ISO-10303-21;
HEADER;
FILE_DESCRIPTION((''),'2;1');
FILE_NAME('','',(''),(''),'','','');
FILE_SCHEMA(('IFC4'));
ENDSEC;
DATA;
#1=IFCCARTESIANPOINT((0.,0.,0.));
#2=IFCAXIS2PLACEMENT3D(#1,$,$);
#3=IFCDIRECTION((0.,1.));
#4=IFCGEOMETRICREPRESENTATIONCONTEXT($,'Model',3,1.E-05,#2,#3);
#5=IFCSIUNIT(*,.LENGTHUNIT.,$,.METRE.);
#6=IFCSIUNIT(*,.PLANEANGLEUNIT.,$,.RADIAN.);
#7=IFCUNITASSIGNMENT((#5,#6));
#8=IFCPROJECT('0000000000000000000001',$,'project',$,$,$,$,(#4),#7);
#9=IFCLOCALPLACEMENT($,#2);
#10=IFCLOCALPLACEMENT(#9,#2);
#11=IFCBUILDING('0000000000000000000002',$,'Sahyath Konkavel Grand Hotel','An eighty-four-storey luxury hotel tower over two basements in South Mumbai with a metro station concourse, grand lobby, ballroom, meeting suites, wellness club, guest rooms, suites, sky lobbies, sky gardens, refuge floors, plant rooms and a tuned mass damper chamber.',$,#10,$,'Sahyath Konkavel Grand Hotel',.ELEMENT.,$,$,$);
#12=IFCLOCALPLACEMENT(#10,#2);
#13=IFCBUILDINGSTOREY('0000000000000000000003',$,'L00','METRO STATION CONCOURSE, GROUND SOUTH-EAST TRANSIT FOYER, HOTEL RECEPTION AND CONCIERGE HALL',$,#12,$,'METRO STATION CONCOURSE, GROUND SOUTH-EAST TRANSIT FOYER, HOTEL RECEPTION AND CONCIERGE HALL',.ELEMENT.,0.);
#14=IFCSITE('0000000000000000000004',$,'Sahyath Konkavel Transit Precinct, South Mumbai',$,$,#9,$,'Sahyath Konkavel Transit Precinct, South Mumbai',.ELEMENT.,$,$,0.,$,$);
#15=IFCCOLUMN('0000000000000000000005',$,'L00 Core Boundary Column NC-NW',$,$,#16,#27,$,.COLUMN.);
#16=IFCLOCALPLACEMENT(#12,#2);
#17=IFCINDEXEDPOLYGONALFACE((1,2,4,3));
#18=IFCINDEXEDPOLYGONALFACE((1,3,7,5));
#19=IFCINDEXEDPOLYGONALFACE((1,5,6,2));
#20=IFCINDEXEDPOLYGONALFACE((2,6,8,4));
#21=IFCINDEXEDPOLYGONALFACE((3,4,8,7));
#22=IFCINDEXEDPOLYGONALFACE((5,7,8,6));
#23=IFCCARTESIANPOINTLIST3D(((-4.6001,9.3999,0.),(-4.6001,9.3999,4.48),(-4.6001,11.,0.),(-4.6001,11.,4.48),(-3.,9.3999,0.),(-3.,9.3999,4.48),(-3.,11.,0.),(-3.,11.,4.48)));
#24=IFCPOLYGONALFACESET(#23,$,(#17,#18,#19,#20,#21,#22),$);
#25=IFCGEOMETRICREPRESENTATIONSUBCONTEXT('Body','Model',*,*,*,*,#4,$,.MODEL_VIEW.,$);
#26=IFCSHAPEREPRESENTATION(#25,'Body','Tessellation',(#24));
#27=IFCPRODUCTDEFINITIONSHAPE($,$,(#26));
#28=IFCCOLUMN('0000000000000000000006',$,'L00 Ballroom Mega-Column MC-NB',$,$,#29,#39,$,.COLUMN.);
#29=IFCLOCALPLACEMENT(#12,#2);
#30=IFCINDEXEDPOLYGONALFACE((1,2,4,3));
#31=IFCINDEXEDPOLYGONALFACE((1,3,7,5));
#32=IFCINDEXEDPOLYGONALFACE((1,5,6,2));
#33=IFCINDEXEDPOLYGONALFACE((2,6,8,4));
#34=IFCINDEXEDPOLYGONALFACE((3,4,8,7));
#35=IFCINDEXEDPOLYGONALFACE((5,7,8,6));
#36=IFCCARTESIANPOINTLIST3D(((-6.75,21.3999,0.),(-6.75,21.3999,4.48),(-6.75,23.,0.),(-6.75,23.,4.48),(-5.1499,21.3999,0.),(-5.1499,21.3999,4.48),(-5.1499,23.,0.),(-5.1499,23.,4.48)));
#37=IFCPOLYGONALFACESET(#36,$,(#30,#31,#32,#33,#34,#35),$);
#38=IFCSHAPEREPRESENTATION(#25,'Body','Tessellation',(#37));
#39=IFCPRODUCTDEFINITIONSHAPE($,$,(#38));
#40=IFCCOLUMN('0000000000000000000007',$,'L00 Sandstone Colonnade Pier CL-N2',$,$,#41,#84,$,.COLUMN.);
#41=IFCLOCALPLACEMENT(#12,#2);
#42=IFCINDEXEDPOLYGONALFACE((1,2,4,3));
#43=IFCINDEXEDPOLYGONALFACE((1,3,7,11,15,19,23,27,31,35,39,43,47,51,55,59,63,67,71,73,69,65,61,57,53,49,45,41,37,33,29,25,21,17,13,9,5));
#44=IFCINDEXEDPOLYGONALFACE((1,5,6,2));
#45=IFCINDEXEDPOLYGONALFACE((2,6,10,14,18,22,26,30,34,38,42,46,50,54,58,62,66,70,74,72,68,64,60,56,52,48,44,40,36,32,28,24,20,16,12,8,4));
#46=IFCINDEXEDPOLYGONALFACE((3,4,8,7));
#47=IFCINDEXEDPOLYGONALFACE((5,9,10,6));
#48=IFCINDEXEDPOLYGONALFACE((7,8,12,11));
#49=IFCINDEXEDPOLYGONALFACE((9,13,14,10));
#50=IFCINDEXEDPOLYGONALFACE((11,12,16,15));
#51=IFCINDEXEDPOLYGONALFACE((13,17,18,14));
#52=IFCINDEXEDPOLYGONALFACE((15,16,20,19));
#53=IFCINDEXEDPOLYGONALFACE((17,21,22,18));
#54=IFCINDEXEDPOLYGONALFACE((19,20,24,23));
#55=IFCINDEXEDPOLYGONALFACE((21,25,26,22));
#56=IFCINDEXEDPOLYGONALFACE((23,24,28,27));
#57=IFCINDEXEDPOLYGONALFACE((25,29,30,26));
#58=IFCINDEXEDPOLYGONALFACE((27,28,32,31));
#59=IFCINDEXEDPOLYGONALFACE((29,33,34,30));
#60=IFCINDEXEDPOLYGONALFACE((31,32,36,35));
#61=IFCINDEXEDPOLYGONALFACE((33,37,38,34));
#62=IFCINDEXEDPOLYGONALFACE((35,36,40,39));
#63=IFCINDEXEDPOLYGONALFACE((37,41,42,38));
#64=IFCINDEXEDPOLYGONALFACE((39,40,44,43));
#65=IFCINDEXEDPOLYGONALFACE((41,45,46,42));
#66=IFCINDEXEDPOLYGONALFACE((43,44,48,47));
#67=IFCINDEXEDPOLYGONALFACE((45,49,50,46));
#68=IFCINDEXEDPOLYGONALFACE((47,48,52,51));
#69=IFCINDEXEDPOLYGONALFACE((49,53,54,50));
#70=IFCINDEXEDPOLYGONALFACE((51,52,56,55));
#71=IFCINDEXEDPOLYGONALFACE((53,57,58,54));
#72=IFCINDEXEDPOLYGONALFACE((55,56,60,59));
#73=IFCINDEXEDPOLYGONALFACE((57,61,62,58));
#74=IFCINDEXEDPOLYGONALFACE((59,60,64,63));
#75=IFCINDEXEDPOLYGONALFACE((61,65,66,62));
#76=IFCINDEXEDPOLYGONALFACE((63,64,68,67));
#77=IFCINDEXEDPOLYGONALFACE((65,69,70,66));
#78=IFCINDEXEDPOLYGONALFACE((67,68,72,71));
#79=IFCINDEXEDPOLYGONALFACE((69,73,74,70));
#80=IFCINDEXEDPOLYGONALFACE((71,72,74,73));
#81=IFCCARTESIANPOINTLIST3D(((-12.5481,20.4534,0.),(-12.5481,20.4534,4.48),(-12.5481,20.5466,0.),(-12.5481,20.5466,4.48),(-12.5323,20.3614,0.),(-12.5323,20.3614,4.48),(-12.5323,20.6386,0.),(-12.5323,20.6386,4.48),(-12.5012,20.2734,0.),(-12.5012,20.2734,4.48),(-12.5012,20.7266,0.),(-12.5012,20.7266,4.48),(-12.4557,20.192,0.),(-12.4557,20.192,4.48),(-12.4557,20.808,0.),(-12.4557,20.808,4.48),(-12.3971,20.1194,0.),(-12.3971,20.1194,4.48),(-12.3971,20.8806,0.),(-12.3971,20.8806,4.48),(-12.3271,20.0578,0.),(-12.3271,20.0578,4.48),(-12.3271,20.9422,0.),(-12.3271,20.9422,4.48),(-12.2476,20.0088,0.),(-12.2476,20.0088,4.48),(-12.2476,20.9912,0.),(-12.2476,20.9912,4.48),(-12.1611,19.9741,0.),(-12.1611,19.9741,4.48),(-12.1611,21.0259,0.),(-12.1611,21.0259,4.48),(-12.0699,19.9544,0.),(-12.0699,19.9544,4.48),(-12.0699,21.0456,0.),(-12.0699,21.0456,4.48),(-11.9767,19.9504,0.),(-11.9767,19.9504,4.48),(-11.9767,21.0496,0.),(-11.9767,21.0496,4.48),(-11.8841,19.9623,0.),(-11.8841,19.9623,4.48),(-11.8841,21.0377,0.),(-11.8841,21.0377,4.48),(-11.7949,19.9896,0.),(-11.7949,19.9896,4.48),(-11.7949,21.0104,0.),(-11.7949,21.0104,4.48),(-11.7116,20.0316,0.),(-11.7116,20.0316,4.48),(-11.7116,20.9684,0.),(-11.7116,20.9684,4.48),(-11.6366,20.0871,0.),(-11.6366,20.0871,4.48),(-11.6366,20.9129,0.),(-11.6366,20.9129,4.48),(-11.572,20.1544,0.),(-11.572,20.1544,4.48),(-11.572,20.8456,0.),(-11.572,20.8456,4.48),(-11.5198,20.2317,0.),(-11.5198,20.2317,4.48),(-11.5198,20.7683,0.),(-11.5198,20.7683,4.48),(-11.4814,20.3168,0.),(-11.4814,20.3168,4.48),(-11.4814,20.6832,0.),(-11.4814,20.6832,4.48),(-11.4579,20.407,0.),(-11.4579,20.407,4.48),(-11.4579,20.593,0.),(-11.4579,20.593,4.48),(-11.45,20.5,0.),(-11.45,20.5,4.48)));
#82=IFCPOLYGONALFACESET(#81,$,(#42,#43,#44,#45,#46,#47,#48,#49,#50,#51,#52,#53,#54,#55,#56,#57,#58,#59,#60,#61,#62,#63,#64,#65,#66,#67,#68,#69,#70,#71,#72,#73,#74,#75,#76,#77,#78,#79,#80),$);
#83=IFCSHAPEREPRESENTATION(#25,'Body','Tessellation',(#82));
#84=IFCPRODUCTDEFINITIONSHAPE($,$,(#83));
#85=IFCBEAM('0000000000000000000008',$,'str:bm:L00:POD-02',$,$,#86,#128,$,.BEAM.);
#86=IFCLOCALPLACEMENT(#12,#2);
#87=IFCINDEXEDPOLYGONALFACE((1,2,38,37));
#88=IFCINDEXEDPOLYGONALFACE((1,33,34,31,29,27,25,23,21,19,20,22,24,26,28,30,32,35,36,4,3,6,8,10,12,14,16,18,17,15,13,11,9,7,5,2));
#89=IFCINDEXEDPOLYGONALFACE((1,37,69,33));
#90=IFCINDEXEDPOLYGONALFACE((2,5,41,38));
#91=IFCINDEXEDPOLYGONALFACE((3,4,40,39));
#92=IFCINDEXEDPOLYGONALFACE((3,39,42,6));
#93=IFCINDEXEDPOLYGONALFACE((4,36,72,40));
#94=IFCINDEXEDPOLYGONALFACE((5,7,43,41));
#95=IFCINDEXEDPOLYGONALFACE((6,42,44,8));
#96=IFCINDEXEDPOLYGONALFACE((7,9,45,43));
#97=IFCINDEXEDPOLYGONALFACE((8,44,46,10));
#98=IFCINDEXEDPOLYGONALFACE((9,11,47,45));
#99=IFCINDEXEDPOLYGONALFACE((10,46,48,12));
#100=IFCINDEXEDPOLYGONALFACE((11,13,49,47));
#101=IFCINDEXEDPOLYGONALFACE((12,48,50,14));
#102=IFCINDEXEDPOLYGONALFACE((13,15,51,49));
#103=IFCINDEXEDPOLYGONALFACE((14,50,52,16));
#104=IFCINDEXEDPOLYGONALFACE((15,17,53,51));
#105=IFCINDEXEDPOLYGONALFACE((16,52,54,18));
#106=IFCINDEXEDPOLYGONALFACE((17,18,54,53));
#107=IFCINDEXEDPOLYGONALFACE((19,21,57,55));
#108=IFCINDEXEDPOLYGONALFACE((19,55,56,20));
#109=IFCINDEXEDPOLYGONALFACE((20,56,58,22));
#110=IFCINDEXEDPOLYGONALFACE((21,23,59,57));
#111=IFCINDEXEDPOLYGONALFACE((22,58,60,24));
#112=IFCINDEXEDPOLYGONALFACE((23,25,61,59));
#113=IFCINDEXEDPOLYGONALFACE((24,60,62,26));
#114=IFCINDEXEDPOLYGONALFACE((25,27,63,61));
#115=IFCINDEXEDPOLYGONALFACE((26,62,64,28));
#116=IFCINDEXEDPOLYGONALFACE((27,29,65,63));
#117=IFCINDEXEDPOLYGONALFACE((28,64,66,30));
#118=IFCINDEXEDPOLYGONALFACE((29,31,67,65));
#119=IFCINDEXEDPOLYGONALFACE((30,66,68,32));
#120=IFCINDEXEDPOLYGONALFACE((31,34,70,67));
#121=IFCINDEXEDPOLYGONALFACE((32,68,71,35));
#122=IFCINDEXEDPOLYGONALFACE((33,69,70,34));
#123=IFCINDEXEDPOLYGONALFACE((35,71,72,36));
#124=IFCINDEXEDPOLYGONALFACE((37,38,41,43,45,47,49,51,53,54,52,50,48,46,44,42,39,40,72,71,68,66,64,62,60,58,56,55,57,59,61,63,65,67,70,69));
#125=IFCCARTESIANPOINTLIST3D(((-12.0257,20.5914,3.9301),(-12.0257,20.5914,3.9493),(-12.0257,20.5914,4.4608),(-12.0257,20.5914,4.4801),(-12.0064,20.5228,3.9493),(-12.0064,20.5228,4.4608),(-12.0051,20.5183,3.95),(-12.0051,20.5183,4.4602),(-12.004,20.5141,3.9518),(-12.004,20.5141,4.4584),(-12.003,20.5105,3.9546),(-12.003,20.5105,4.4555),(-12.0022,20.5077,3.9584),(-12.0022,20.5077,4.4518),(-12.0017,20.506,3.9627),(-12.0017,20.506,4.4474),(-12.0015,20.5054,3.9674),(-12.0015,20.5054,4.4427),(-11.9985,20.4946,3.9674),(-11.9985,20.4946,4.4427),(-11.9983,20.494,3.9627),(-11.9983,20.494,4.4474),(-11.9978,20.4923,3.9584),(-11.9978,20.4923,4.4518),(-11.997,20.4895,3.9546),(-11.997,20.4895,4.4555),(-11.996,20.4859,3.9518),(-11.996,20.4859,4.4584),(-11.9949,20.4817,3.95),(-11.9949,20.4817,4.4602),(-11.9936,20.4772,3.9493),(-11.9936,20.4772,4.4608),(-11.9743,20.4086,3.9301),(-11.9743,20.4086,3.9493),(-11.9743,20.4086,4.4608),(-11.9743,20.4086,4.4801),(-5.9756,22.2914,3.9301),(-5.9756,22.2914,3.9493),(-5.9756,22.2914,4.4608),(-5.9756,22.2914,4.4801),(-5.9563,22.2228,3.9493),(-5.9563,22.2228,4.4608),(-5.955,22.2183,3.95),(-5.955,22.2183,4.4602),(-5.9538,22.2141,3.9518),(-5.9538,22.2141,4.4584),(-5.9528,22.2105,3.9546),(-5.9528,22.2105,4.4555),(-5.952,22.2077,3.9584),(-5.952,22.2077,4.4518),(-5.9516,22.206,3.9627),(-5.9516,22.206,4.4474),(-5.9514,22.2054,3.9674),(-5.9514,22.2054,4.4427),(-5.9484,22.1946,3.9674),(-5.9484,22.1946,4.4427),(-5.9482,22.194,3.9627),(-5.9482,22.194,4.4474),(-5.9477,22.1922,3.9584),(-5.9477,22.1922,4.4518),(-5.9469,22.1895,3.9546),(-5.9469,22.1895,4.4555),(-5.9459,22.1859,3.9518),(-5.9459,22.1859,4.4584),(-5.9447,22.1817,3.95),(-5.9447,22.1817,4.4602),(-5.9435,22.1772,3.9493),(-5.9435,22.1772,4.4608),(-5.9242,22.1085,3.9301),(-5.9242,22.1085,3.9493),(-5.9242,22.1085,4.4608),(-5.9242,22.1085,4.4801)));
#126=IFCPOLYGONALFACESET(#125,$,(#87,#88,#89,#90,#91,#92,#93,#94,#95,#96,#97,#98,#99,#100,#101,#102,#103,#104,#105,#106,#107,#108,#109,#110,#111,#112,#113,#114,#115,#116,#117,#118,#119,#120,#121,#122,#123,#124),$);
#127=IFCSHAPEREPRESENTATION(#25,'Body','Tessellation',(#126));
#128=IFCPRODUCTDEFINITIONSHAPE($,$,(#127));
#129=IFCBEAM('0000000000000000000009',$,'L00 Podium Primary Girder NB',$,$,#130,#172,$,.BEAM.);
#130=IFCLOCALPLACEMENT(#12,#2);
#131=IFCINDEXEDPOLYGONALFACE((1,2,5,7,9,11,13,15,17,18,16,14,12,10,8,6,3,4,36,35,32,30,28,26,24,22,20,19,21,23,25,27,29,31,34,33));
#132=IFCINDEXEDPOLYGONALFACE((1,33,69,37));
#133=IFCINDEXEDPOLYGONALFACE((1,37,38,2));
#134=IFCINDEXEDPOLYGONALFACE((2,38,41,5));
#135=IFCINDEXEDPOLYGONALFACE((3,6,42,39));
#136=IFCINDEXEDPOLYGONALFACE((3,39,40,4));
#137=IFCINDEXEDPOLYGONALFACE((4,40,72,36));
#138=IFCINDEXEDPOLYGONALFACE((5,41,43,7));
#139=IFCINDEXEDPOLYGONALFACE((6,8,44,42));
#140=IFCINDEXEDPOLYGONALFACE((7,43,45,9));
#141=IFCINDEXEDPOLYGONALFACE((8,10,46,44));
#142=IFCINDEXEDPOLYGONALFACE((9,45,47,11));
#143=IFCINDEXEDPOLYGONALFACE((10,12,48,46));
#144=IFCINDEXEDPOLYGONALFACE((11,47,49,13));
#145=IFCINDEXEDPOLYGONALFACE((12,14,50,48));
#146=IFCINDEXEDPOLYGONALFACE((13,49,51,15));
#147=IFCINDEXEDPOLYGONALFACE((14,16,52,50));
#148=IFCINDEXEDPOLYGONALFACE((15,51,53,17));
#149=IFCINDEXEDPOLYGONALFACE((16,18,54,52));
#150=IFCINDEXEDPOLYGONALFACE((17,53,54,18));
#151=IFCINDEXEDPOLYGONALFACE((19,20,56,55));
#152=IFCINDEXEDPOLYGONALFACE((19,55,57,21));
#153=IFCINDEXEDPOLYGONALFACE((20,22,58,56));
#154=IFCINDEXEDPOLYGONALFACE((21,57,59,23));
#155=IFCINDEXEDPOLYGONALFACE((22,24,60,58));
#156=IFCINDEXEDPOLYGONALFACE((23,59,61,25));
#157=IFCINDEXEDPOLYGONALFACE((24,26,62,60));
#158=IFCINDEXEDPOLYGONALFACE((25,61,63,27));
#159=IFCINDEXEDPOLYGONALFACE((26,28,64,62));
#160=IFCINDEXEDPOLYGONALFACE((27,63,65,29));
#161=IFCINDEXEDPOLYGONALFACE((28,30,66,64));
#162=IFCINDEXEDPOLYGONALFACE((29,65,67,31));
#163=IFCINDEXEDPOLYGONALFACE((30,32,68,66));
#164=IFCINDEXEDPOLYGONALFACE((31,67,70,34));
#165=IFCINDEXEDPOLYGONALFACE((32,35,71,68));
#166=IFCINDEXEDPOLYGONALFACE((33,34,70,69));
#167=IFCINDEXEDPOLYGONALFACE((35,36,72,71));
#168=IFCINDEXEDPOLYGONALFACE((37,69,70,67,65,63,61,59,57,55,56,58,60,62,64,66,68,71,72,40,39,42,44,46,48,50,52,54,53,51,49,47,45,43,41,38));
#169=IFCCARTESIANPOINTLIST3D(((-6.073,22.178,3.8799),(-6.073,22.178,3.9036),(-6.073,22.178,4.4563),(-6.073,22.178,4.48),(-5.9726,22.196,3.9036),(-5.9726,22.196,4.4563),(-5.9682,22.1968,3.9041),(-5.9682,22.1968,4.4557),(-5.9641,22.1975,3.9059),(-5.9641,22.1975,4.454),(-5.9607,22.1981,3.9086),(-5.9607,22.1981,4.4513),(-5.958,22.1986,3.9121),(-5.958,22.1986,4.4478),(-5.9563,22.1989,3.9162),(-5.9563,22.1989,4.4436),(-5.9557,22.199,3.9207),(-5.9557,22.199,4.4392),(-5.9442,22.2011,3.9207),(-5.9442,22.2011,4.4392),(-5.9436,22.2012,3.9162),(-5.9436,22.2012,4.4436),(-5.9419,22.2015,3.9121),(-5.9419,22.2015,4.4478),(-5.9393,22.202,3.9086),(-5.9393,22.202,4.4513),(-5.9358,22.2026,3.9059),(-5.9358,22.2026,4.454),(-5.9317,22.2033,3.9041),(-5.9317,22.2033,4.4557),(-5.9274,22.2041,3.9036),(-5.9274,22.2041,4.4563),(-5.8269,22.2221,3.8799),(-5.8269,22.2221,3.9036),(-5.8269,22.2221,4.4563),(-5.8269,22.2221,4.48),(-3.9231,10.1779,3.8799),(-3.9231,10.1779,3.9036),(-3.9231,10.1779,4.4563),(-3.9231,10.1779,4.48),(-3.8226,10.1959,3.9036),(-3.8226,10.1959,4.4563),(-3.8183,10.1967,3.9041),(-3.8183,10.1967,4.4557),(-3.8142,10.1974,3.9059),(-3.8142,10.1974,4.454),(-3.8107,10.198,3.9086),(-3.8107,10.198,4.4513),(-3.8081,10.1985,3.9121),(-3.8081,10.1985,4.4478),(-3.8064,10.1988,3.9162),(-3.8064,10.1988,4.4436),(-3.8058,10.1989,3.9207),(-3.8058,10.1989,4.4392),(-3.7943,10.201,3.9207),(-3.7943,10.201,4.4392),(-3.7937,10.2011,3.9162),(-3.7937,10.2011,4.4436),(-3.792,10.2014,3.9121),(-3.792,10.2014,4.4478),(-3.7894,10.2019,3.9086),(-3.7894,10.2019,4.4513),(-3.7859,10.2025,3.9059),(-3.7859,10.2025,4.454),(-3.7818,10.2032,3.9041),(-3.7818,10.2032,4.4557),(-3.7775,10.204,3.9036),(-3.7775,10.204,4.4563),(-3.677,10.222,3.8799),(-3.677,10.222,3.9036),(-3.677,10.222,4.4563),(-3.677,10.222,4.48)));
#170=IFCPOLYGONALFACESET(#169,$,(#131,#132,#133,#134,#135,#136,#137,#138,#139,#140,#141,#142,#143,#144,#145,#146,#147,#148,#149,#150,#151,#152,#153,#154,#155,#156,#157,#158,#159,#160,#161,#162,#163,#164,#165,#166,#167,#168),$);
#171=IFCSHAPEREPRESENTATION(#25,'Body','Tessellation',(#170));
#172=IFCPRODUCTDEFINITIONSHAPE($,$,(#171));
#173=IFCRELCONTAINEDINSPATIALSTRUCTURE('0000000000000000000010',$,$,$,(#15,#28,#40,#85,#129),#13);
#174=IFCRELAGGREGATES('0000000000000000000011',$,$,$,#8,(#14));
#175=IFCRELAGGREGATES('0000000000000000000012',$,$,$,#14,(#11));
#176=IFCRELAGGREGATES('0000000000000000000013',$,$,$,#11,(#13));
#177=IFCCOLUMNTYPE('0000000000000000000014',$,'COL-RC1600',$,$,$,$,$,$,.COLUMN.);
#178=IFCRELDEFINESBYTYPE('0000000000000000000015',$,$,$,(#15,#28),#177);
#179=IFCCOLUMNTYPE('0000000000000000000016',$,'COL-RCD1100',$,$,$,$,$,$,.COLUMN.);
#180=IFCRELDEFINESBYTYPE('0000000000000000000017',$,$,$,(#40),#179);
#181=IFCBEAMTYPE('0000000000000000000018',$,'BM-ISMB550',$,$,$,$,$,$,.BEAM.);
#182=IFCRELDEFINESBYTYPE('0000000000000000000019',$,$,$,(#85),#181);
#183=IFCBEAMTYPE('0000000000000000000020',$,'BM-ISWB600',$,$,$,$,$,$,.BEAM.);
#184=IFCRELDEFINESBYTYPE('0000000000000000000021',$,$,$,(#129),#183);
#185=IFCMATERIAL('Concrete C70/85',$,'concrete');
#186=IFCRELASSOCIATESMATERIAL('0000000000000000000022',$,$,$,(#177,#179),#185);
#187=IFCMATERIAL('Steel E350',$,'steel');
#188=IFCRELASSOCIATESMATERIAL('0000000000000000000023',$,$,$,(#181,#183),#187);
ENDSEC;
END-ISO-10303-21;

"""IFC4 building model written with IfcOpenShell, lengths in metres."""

from ifc_helpers import new_model, si_unit, direction, frame, origin, origin_2d, place, context, subcontext, project, spatial, rectangle, circle, i_section, extrude, source, transform, mapped, material, material_profile, profile_set, type_object, element, save


model = new_model("IFC4")

# Units and contexts
model_context = context("Model", 3, precision=1e-05, world=origin(), true_north=direction((0.0, 1.0)))
body_context = subcontext(model_context, "Body", "Model", "MODEL_VIEW")
ifc_project = project(units=[si_unit("LENGTHUNIT", "METRE"), si_unit("PLANEANGLEUNIT", "RADIAN")], contexts=[model_context])

# Site, building, storey
site_placement = place(None, origin())
site = spatial("IfcSite", under=ifc_project, at=site_placement, Name="Sahyath Konkavel Transit Precinct, South Mumbai", LongName="Sahyath Konkavel Transit Precinct, South Mumbai", CompositionType="ELEMENT", RefElevation=0.0)
building_placement = place(site_placement, origin())
building = spatial("IfcBuilding", under=site, at=building_placement, Name="Sahyath Konkavel Grand Hotel", Description="An eighty-four-storey luxury hotel tower over two basements in South Mumbai with a metro station concourse, grand lobby, ballroom, meeting suites, wellness club, guest rooms, suites, sky lobbies, sky gardens, refuge floors, plant rooms and a tuned mass damper chamber.", LongName="Sahyath Konkavel Grand Hotel", CompositionType="ELEMENT")
storey_placement = place(building_placement, origin())
storey = spatial("IfcBuildingStorey", under=building, at=storey_placement, Name="L00", Description="METRO STATION CONCOURSE, GROUND SOUTH-EAST TRANSIT FOYER, HOTEL RECEPTION AND CONCIERGE HALL", LongName="METRO STATION CONCOURSE, GROUND SOUTH-EAST TRANSIT FOYER, HOTEL RECEPTION AND CONCIERGE HALL", CompositionType="ELEMENT", Elevation=0.0)

# Columns
ifc_material_1 = material(Name="Concrete C70/85", Category="concrete")
ifc_material_profile_1 = material_profile(ifc_material_1, rectangle(XDim=1.6001, YDim=1.6001, at=origin_2d()), Name="RC 1600x1600")
ifc_profile_set_1 = profile_set([ifc_material_profile_1], Name="Concrete C70/85")
column_type_1 = type_object("IfcColumnType", Name="COL-RC1600", PredefinedType="COLUMN", material=ifc_profile_set_1)
shared_shape_1 = source(origin(), body_context, "Body", "SweptSolid", [
    extrude(rectangle(XDim=1.6001, YDim=1.6001, at=origin_2d()), origin(), (0.0, 0.0, 1.0), 4.48),
])
for number, where, z_axis, x_axis, name in (
    (1, (-3.8, 10.2, 0.0), (0.0, 0.0, 1.0), (1.0, 0.0, 0.0), "L00 Core Boundary Column NC-NW"),
    (2, (-5.95, 22.2, 0.0), (0.0, 0.0, 1.0), (1.0, 0.0, 0.0), "L00 Ballroom Mega-Column MC-NB"),
):
    element("IfcColumn", number, at=place(storey_placement, frame(where, z_axis=z_axis, x_axis=x_axis)), inside=storey, type_object=column_type_1, Name=name, PredefinedType="COLUMN", context=body_context, shape_type="MappedRepresentation", body=[
        mapped(shared_shape_1, transform((0.0, 0.0, 0.0), scale=1.0)),
    ])
ifc_material_profile_2 = material_profile(ifc_material_1, circle(Radius=0.55, at=origin_2d()), Name="RC D1100")
ifc_profile_set_2 = profile_set([ifc_material_profile_2], Name="Concrete C70/85")
column_type_2 = type_object("IfcColumnType", Name="COL-RCD1100", PredefinedType="COLUMN", material=ifc_profile_set_2)
shared_shape_2 = source(origin(), body_context, "Body", "SweptSolid", [
    extrude(circle(Radius=0.55, at=origin_2d()), origin(), (0.0, 0.0, 1.0), 4.48),
])
column_placement = place(storey_placement, frame((-12.0, 20.5, 0.0), z_axis=(0.0, 0.0, 1.0), x_axis=(1.0, 0.0, 0.0)))
element("IfcColumn", 3, at=column_placement, inside=storey, type_object=column_type_2, Name="L00 Sandstone Colonnade Pier CL-N2", PredefinedType="COLUMN", context=body_context, shape_type="MappedRepresentation", body=[
    mapped(shared_shape_2, transform((0.0, 0.0, 0.0), scale=1.0)),
])

# Beams
ifc_material_2 = material(Name="Steel E350", Category="steel")
ifc_material_profile_3 = material_profile(ifc_material_2, i_section(OverallWidth=0.1899, OverallDepth=0.55, WebThickness=0.0112, FlangeThickness=0.0193, FilletRadius=0.0181, at=origin_2d()), Name="ISMB 550")
ifc_profile_set_3 = profile_set([ifc_material_profile_3], Name="Steel E350")
beam_type_1 = type_object("IfcBeamType", Name="BM-ISMB550", PredefinedType="BEAM", material=ifc_profile_set_3)
shared_shape_3 = source(origin(), body_context, "Body", "SweptSolid", [
    extrude(i_section(OverallWidth=0.1899, OverallDepth=0.55, WebThickness=0.0112, FlangeThickness=0.0193, FilletRadius=0.0181, at=origin_2d()), origin(), (0.0, 0.0, 1.0), 6.2844),
])
beam_1_placement = place(storey_placement, frame((-12.0, 20.5, 4.2051), z_axis=(0.962718, 0.270506, 0.0), x_axis=(-0.270506, 0.962718, 0.0)))
element("IfcBeam", 4, at=beam_1_placement, inside=storey, type_object=beam_type_1, Name="str:bm:L00:POD-02", PredefinedType="BEAM", context=body_context, shape_type="MappedRepresentation", body=[
    mapped(shared_shape_3, transform((0.0, 0.0, 0.0), scale=1.0)),
])
ifc_material_profile_4 = material_profile(ifc_material_2, i_section(OverallWidth=0.25, OverallDepth=0.6001, WebThickness=0.0117, FlangeThickness=0.0237, FilletRadius=0.0171, at=origin_2d()), Name="ISWB 600")
ifc_profile_set_4 = profile_set([ifc_material_profile_4], Name="Steel E350")
beam_type_2 = type_object("IfcBeamType", Name="BM-ISWB600", PredefinedType="BEAM", material=ifc_profile_set_4)
shared_shape_4 = source(origin(), body_context, "Body", "SweptSolid", [
    extrude(i_section(OverallWidth=0.25, OverallDepth=0.6001, WebThickness=0.0117, FlangeThickness=0.0237, FilletRadius=0.0171, at=origin_2d()), origin(), (0.0, 0.0, 1.0), 12.1912),
])
beam_2_placement = place(storey_placement, frame((-3.8, 10.2, 4.1799), z_axis=(-0.176351, 0.984327, 0.0), x_axis=(-0.984327, -0.176351, 0.0)))
element("IfcBeam", 5, at=beam_2_placement, inside=storey, type_object=beam_type_2, Name="L00 Podium Primary Girder NB", PredefinedType="BEAM", context=body_context, shape_type="MappedRepresentation", body=[
    mapped(shared_shape_4, transform((0.0, 0.0, 0.0), scale=1.0)),
])

save(model, "model.ifc")
